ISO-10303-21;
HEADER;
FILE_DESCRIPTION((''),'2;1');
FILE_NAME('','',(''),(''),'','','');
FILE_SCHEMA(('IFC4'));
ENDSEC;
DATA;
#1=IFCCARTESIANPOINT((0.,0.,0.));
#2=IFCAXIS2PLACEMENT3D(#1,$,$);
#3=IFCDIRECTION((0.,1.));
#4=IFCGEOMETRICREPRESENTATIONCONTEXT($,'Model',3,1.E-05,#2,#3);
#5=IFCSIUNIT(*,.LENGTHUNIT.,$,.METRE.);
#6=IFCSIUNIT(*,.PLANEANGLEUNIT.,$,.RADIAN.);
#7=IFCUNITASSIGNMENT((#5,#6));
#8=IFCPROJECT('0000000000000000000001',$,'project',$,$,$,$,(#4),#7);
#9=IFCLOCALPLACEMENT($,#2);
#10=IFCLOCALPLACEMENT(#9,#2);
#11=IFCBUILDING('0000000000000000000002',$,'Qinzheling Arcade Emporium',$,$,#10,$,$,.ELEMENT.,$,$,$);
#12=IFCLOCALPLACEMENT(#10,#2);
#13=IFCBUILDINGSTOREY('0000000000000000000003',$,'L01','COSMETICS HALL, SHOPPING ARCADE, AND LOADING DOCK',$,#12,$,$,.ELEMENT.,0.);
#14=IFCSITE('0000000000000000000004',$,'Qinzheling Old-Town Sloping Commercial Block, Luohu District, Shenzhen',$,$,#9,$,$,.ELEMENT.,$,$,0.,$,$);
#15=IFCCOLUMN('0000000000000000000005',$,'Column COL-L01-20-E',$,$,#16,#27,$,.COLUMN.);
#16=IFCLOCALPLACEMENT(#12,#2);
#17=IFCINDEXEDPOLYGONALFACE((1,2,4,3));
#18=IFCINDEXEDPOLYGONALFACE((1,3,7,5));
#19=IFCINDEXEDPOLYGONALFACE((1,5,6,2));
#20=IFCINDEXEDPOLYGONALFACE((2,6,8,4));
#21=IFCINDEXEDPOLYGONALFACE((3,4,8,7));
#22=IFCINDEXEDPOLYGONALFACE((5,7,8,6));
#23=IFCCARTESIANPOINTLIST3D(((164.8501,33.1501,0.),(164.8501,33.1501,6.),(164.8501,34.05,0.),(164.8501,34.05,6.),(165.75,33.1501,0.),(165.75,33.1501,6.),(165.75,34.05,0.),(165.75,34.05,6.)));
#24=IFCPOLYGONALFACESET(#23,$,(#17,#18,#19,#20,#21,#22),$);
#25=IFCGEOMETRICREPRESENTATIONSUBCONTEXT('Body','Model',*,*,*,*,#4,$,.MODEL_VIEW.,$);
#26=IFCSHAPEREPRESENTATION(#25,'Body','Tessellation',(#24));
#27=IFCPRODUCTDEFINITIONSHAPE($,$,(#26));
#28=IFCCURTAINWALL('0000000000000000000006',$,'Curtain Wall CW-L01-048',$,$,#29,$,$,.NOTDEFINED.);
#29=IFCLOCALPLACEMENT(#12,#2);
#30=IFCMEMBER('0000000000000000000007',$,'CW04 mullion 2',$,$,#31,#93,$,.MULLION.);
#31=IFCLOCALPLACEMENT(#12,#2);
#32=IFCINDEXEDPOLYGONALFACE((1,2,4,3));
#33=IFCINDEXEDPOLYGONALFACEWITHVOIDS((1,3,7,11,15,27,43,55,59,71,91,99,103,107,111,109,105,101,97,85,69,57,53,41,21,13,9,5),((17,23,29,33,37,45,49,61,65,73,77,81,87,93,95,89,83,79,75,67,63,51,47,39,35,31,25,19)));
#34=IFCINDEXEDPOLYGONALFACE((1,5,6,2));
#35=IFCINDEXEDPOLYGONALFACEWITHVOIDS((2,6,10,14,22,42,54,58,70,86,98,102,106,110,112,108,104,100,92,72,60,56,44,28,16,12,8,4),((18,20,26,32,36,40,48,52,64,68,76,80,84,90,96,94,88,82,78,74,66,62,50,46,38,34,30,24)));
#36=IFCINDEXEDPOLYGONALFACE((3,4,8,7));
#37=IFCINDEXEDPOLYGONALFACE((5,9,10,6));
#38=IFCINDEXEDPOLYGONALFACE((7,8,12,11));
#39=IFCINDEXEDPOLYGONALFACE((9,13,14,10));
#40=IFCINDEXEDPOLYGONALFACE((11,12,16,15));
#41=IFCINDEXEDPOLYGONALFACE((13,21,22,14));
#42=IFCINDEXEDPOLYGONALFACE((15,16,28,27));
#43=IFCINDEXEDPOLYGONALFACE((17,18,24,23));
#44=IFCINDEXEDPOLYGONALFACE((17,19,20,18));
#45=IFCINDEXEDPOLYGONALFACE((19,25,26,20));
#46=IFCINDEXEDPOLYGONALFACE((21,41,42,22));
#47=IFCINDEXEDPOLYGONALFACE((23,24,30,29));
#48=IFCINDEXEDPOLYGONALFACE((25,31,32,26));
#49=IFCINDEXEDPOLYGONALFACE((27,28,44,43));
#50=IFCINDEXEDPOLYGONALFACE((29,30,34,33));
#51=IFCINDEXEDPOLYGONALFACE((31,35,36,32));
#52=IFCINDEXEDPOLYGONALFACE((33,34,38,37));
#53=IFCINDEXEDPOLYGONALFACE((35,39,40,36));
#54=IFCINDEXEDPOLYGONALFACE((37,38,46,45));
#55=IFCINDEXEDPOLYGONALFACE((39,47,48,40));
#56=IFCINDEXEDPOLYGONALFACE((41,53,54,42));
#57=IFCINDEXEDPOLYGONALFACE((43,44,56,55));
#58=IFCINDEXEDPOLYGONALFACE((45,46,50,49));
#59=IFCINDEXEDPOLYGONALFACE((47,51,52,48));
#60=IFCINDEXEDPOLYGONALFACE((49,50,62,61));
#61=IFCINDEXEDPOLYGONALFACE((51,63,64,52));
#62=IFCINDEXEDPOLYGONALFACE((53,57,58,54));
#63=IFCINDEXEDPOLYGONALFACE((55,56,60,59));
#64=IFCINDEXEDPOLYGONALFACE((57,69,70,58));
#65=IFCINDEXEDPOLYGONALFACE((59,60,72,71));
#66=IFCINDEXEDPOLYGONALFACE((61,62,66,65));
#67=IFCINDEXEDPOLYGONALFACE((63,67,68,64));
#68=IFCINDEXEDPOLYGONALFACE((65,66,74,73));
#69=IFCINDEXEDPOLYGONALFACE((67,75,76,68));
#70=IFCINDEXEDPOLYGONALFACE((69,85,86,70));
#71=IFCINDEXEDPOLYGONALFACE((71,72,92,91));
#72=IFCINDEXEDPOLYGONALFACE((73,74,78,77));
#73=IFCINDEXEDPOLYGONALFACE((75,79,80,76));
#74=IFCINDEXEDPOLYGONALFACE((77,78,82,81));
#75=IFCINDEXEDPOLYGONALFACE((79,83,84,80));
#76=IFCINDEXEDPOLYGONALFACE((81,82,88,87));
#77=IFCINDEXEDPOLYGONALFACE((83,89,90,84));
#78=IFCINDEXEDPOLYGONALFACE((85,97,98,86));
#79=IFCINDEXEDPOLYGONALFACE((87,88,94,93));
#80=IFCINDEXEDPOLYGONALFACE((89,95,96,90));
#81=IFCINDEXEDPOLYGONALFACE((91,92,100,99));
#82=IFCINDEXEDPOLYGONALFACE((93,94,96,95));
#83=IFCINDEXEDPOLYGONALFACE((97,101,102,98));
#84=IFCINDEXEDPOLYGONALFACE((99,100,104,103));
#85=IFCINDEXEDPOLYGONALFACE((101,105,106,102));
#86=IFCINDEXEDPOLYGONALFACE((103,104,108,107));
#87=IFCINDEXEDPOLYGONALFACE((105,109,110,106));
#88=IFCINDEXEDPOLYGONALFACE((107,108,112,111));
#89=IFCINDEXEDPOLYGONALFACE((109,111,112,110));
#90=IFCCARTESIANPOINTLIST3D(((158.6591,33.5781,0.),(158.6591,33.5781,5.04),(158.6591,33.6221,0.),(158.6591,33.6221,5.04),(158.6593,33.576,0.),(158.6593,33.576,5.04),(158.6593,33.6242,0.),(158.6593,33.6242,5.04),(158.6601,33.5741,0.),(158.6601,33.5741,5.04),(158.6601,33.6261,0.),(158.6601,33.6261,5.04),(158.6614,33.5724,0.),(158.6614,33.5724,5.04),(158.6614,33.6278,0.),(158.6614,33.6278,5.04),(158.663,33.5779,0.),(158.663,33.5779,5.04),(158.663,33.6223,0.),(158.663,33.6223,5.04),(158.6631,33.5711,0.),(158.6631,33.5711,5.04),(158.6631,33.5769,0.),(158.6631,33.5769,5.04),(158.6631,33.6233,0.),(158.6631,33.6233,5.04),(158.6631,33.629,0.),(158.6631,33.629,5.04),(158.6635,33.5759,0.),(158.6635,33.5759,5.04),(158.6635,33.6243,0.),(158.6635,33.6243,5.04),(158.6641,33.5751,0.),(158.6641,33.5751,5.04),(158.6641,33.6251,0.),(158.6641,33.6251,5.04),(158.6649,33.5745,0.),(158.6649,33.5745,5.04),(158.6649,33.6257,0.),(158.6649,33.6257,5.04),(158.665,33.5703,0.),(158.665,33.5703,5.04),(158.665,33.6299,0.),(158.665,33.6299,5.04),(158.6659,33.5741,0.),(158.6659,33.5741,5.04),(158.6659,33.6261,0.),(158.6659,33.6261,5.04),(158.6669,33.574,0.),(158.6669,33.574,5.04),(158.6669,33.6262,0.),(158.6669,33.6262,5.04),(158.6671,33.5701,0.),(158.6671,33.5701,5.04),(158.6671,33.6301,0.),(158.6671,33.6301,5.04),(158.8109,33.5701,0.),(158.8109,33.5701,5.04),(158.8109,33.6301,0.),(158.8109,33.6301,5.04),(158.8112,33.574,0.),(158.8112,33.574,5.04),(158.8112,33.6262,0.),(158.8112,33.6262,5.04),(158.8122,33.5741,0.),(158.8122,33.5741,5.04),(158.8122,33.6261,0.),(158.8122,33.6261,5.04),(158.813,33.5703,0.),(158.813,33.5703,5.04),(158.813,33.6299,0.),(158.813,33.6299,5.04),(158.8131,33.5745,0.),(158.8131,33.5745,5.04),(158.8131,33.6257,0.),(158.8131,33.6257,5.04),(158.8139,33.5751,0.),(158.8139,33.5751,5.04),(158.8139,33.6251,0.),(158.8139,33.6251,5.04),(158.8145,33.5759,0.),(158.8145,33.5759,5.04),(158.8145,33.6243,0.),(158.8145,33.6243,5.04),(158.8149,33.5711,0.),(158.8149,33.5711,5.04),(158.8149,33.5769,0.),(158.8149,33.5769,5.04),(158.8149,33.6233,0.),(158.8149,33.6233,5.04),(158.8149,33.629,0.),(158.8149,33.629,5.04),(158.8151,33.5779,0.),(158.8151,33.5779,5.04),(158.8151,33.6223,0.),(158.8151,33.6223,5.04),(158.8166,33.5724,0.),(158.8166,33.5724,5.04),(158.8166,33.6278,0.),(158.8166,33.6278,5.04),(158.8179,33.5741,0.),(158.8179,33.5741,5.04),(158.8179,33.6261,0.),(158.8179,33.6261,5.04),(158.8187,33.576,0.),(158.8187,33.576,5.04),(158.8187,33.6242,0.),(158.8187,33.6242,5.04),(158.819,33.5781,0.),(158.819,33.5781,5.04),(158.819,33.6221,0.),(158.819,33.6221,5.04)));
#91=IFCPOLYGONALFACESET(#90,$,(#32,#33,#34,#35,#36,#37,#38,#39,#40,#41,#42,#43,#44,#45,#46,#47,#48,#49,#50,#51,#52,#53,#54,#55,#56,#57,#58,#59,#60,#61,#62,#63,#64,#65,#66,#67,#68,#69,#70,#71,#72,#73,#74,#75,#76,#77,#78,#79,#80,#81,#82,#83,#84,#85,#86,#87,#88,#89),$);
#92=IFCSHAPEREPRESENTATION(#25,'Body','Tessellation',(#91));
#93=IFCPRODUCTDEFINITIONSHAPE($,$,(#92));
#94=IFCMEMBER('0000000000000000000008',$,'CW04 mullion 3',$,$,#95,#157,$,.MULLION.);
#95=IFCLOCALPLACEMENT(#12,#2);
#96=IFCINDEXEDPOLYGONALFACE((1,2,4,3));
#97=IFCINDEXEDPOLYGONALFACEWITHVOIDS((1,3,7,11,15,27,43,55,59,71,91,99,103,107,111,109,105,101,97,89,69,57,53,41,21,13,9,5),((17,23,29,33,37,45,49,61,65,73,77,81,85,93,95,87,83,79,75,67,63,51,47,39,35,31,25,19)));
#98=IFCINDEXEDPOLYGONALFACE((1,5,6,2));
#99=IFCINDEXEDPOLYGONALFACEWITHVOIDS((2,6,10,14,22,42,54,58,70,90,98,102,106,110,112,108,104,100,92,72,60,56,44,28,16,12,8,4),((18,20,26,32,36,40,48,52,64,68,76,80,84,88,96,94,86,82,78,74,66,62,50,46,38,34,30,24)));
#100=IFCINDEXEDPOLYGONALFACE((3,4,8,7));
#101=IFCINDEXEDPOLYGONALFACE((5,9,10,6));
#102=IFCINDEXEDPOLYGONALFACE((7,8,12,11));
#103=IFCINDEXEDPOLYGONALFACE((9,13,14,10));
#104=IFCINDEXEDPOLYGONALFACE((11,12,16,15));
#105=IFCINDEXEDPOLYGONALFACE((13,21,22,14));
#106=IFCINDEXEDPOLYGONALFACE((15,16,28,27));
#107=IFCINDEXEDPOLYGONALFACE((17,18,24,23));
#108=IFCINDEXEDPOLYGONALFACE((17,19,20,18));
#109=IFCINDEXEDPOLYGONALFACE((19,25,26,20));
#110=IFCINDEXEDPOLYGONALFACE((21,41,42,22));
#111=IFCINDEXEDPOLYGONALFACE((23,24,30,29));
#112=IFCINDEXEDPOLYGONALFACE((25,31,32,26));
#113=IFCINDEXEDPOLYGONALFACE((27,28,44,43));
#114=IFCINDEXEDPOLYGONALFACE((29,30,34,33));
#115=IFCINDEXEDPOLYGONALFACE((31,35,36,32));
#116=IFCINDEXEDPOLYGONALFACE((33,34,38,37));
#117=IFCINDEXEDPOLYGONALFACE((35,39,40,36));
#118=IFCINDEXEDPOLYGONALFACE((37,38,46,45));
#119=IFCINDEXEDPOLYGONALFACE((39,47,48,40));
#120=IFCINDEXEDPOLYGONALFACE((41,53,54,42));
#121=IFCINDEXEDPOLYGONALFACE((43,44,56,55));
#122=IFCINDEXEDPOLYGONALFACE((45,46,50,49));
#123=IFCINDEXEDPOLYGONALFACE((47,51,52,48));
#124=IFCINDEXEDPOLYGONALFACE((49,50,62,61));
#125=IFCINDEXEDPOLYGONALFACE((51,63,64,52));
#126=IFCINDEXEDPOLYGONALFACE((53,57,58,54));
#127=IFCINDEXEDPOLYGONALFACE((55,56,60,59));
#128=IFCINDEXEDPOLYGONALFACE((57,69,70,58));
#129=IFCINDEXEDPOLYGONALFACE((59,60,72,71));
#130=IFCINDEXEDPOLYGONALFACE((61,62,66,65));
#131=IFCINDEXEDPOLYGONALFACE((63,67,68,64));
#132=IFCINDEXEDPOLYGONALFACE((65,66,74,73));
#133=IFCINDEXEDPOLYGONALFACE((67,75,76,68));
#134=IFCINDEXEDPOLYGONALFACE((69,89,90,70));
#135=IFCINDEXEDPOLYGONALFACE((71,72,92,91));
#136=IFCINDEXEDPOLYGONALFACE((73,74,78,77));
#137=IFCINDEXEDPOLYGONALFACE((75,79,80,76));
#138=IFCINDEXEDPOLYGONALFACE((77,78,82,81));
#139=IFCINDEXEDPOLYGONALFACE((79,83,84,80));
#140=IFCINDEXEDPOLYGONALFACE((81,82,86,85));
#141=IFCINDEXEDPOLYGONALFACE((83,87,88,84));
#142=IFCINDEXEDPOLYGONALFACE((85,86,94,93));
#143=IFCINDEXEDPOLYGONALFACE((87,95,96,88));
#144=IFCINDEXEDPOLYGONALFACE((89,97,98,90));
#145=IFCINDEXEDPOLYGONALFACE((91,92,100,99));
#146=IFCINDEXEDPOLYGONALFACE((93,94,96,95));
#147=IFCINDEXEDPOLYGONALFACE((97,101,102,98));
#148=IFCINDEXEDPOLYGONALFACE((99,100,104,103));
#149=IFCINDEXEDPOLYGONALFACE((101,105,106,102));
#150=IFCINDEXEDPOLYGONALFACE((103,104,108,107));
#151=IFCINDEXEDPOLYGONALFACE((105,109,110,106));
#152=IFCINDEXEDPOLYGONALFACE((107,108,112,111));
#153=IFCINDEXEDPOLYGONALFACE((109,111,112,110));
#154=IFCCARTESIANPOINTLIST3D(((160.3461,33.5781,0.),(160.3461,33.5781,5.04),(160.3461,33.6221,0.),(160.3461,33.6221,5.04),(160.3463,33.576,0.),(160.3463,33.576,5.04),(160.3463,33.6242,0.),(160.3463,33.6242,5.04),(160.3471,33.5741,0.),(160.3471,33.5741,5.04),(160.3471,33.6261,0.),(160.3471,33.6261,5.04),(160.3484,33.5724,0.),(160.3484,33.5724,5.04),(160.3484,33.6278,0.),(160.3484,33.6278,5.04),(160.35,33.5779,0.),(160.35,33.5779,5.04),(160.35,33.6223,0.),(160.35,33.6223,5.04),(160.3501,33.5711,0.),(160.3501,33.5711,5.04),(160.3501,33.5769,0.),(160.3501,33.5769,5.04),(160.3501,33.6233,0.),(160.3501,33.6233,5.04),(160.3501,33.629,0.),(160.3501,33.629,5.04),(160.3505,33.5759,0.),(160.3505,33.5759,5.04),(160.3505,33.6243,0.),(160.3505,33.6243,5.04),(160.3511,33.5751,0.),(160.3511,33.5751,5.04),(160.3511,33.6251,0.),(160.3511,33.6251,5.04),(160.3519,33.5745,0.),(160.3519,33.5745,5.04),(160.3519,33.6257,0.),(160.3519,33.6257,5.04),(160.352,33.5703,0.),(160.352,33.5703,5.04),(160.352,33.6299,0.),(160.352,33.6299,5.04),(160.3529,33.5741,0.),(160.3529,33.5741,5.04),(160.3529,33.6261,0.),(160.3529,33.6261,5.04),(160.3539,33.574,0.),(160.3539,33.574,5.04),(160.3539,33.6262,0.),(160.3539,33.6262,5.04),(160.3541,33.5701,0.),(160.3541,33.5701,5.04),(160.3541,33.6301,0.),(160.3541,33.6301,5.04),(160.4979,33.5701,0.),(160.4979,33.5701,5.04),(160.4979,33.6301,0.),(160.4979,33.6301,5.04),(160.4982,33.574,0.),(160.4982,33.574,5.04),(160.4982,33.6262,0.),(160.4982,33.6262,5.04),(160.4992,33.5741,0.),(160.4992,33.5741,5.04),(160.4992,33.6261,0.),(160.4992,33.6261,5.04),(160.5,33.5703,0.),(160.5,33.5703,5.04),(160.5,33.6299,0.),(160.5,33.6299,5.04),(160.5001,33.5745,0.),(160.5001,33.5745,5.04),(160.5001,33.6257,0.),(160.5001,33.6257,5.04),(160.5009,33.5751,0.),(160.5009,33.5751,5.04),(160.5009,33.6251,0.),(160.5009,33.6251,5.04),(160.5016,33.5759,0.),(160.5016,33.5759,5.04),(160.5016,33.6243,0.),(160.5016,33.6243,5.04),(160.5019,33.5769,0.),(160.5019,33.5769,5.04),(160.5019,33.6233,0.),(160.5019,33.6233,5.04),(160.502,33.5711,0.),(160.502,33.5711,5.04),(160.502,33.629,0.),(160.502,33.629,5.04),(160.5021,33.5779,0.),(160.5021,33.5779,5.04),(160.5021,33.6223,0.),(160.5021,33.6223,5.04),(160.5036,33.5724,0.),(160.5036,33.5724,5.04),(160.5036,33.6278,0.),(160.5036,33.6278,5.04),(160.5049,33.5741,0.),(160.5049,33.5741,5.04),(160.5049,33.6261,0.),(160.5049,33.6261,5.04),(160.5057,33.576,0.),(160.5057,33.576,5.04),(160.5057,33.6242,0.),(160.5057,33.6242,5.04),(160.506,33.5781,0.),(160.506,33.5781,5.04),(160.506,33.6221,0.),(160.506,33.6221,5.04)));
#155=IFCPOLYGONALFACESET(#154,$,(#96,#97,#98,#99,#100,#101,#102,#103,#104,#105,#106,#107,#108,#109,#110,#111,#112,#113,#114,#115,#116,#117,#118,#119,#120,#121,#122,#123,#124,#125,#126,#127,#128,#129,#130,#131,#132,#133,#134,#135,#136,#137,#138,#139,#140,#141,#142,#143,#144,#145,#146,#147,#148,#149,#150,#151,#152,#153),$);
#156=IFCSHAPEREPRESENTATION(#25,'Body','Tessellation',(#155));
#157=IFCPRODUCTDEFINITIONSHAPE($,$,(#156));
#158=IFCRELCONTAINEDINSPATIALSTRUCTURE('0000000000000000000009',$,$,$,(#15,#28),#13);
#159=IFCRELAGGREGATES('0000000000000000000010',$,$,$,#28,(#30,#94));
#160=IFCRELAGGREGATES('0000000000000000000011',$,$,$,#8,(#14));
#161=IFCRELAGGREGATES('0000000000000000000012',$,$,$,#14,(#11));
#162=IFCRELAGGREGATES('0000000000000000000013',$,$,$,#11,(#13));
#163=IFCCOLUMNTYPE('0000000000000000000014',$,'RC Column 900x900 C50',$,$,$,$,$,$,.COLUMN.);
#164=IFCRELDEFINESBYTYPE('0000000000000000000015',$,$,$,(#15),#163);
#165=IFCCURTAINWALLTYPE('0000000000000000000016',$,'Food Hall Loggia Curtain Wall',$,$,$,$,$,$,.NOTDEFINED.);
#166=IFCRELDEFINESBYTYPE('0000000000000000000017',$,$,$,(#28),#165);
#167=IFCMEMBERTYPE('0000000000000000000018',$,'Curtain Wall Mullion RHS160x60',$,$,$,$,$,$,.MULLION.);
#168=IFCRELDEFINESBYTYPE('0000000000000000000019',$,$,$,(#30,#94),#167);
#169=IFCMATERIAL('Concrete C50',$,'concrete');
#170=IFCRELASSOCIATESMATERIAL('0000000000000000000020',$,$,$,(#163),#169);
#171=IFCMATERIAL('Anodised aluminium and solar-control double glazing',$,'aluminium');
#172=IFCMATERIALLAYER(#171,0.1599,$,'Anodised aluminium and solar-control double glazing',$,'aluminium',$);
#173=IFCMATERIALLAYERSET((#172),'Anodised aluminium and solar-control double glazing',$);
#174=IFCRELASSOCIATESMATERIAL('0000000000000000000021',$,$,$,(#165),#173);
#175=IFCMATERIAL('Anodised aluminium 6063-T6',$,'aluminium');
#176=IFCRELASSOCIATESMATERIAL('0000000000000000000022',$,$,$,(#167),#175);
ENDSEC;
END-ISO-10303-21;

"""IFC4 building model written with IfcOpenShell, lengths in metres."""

from ifc_helpers import new_model, si_unit, direction, frame, origin, origin_2d, place, context, subcontext, project, spatial, rectangle, hollow_rectangle, extrude, material, layer, layer_set, material_profile, profile_set, type_object, element, aggregate, save


model = new_model("IFC4")

# Units and contexts
model_context = context("Model", 3, precision=1e-05, world=origin(), true_north=direction((0.0, 1.0)))
body_context = subcontext(model_context, "Body", "Model", "MODEL_VIEW")
ifc_project = project(units=[si_unit("LENGTHUNIT", "METRE"), si_unit("PLANEANGLEUNIT", "RADIAN")], contexts=[model_context])

# Site, building, storey
site_placement = place(None, origin())
site = spatial("IfcSite", under=ifc_project, at=site_placement, Name="Qinzheling Old-Town Sloping Commercial Block, Luohu District, Shenzhen", CompositionType="ELEMENT", RefElevation=0.0)
building_placement = place(site_placement, origin())
building = spatial("IfcBuilding", under=site, at=building_placement, Name="Qinzheling Arcade Emporium", CompositionType="ELEMENT")
storey_placement = place(building_placement, origin())
storey = spatial("IfcBuildingStorey", under=building, at=storey_placement, Name="L01", Description="COSMETICS HALL, SHOPPING ARCADE, AND LOADING DOCK", CompositionType="ELEMENT", Elevation=0.0)

# Column
ifc_material_1 = material(Name="Concrete C50", Category="concrete")
ifc_material_profile_1 = material_profile(ifc_material_1, rectangle(XDim=0.8999, YDim=0.8999, at=origin_2d()), Name="RC 900x900", Category="concrete")
ifc_profile_set_1 = profile_set([ifc_material_profile_1], Name="Concrete C50")
column_type = type_object("IfcColumnType", Name="RC Column 900x900 C50", PredefinedType="COLUMN", material=ifc_profile_set_1)
column_placement = place(storey_placement, frame((165.3, 33.6001, 0.0), z_axis=(0.0, 0.0, 1.0), x_axis=(1.0, 0.0, 0.0)))
element("IfcColumn", 1, at=column_placement, inside=storey, type_object=column_type, Name="Column COL-L01-20-E", PredefinedType="COLUMN", context=body_context, shape_type="SweptSolid", body=[
    extrude(rectangle(XDim=0.8999, YDim=0.8999, at=origin_2d()), origin(), (0.0, 0.0, 1.0), 6.0),
])

# Curtain wall, members
ifc_material_2 = material(Name="Anodised aluminium and solar-control double glazing", Category="aluminium")
ifc_layer_1 = layer(ifc_material_2, 0.1599, Name="Anodised aluminium and solar-control double glazing", Category="aluminium")
ifc_layer_set_1 = layer_set([ifc_layer_1], Name="Anodised aluminium and solar-control double glazing")
curtain_wall_type = type_object("IfcCurtainWallType", Name="Food Hall Loggia Curtain Wall", PredefinedType="NOTDEFINED", material=ifc_layer_set_1)
curtain_wall_placement = place(storey_placement, origin())
curtain_wall = element("IfcCurtainWall", 2, at=curtain_wall_placement, inside=storey, type_object=curtain_wall_type, Name="Curtain Wall CW-L01-048", PredefinedType="NOTDEFINED")
ifc_material_3 = material(Name="Anodised aluminium 6063-T6", Category="aluminium")
ifc_material_profile_2 = material_profile(ifc_material_3, hollow_rectangle(XDim=0.0601, YDim=0.1599, WallThickness=0.0039, InnerFilletRadius=0.0039, OuterFilletRadius=0.0081, at=origin_2d()), Name="RHS 160x60x4", Category="aluminium")
ifc_profile_set_2 = profile_set([ifc_material_profile_2], Name="Anodised aluminium 6063-T6")
member_type_1 = type_object("IfcMemberType", Name="Curtain Wall Mullion RHS160x60", PredefinedType="MULLION", material=ifc_profile_set_2)
member_1_placement = place(storey_placement, frame((158.739, 33.6001, 0.0), z_axis=(0.0, 0.0, 1.0), x_axis=(0.0, 1.0, 0.0)))
member_1 = element("IfcMember", 3, at=member_1_placement, type_object=member_type_1, Name="CW04 mullion 2", PredefinedType="MULLION", context=body_context, shape_type="SweptSolid", body=[
    extrude(hollow_rectangle(XDim=0.0601, YDim=0.1599, WallThickness=0.0039, InnerFilletRadius=0.0039, OuterFilletRadius=0.0081, at=origin_2d()), origin(), (0.0, 0.0, 1.0), 5.04),
])
member_2_placement = place(storey_placement, frame((160.426, 33.6001, 0.0), z_axis=(0.0, 0.0, 1.0), x_axis=(0.0, 1.0, 0.0)))
member_2 = element("IfcMember", 4, at=member_2_placement, type_object=member_type_1, Name="CW04 mullion 3", PredefinedType="MULLION", context=body_context, shape_type="SweptSolid", body=[
    extrude(hollow_rectangle(XDim=0.0601, YDim=0.1599, WallThickness=0.0039, InnerFilletRadius=0.0039, OuterFilletRadius=0.0081, at=origin_2d()), origin(), (0.0, 0.0, 1.0), 5.04),
])
aggregate(curtain_wall, [member_1, member_2])

save(model, "model.ifc")
